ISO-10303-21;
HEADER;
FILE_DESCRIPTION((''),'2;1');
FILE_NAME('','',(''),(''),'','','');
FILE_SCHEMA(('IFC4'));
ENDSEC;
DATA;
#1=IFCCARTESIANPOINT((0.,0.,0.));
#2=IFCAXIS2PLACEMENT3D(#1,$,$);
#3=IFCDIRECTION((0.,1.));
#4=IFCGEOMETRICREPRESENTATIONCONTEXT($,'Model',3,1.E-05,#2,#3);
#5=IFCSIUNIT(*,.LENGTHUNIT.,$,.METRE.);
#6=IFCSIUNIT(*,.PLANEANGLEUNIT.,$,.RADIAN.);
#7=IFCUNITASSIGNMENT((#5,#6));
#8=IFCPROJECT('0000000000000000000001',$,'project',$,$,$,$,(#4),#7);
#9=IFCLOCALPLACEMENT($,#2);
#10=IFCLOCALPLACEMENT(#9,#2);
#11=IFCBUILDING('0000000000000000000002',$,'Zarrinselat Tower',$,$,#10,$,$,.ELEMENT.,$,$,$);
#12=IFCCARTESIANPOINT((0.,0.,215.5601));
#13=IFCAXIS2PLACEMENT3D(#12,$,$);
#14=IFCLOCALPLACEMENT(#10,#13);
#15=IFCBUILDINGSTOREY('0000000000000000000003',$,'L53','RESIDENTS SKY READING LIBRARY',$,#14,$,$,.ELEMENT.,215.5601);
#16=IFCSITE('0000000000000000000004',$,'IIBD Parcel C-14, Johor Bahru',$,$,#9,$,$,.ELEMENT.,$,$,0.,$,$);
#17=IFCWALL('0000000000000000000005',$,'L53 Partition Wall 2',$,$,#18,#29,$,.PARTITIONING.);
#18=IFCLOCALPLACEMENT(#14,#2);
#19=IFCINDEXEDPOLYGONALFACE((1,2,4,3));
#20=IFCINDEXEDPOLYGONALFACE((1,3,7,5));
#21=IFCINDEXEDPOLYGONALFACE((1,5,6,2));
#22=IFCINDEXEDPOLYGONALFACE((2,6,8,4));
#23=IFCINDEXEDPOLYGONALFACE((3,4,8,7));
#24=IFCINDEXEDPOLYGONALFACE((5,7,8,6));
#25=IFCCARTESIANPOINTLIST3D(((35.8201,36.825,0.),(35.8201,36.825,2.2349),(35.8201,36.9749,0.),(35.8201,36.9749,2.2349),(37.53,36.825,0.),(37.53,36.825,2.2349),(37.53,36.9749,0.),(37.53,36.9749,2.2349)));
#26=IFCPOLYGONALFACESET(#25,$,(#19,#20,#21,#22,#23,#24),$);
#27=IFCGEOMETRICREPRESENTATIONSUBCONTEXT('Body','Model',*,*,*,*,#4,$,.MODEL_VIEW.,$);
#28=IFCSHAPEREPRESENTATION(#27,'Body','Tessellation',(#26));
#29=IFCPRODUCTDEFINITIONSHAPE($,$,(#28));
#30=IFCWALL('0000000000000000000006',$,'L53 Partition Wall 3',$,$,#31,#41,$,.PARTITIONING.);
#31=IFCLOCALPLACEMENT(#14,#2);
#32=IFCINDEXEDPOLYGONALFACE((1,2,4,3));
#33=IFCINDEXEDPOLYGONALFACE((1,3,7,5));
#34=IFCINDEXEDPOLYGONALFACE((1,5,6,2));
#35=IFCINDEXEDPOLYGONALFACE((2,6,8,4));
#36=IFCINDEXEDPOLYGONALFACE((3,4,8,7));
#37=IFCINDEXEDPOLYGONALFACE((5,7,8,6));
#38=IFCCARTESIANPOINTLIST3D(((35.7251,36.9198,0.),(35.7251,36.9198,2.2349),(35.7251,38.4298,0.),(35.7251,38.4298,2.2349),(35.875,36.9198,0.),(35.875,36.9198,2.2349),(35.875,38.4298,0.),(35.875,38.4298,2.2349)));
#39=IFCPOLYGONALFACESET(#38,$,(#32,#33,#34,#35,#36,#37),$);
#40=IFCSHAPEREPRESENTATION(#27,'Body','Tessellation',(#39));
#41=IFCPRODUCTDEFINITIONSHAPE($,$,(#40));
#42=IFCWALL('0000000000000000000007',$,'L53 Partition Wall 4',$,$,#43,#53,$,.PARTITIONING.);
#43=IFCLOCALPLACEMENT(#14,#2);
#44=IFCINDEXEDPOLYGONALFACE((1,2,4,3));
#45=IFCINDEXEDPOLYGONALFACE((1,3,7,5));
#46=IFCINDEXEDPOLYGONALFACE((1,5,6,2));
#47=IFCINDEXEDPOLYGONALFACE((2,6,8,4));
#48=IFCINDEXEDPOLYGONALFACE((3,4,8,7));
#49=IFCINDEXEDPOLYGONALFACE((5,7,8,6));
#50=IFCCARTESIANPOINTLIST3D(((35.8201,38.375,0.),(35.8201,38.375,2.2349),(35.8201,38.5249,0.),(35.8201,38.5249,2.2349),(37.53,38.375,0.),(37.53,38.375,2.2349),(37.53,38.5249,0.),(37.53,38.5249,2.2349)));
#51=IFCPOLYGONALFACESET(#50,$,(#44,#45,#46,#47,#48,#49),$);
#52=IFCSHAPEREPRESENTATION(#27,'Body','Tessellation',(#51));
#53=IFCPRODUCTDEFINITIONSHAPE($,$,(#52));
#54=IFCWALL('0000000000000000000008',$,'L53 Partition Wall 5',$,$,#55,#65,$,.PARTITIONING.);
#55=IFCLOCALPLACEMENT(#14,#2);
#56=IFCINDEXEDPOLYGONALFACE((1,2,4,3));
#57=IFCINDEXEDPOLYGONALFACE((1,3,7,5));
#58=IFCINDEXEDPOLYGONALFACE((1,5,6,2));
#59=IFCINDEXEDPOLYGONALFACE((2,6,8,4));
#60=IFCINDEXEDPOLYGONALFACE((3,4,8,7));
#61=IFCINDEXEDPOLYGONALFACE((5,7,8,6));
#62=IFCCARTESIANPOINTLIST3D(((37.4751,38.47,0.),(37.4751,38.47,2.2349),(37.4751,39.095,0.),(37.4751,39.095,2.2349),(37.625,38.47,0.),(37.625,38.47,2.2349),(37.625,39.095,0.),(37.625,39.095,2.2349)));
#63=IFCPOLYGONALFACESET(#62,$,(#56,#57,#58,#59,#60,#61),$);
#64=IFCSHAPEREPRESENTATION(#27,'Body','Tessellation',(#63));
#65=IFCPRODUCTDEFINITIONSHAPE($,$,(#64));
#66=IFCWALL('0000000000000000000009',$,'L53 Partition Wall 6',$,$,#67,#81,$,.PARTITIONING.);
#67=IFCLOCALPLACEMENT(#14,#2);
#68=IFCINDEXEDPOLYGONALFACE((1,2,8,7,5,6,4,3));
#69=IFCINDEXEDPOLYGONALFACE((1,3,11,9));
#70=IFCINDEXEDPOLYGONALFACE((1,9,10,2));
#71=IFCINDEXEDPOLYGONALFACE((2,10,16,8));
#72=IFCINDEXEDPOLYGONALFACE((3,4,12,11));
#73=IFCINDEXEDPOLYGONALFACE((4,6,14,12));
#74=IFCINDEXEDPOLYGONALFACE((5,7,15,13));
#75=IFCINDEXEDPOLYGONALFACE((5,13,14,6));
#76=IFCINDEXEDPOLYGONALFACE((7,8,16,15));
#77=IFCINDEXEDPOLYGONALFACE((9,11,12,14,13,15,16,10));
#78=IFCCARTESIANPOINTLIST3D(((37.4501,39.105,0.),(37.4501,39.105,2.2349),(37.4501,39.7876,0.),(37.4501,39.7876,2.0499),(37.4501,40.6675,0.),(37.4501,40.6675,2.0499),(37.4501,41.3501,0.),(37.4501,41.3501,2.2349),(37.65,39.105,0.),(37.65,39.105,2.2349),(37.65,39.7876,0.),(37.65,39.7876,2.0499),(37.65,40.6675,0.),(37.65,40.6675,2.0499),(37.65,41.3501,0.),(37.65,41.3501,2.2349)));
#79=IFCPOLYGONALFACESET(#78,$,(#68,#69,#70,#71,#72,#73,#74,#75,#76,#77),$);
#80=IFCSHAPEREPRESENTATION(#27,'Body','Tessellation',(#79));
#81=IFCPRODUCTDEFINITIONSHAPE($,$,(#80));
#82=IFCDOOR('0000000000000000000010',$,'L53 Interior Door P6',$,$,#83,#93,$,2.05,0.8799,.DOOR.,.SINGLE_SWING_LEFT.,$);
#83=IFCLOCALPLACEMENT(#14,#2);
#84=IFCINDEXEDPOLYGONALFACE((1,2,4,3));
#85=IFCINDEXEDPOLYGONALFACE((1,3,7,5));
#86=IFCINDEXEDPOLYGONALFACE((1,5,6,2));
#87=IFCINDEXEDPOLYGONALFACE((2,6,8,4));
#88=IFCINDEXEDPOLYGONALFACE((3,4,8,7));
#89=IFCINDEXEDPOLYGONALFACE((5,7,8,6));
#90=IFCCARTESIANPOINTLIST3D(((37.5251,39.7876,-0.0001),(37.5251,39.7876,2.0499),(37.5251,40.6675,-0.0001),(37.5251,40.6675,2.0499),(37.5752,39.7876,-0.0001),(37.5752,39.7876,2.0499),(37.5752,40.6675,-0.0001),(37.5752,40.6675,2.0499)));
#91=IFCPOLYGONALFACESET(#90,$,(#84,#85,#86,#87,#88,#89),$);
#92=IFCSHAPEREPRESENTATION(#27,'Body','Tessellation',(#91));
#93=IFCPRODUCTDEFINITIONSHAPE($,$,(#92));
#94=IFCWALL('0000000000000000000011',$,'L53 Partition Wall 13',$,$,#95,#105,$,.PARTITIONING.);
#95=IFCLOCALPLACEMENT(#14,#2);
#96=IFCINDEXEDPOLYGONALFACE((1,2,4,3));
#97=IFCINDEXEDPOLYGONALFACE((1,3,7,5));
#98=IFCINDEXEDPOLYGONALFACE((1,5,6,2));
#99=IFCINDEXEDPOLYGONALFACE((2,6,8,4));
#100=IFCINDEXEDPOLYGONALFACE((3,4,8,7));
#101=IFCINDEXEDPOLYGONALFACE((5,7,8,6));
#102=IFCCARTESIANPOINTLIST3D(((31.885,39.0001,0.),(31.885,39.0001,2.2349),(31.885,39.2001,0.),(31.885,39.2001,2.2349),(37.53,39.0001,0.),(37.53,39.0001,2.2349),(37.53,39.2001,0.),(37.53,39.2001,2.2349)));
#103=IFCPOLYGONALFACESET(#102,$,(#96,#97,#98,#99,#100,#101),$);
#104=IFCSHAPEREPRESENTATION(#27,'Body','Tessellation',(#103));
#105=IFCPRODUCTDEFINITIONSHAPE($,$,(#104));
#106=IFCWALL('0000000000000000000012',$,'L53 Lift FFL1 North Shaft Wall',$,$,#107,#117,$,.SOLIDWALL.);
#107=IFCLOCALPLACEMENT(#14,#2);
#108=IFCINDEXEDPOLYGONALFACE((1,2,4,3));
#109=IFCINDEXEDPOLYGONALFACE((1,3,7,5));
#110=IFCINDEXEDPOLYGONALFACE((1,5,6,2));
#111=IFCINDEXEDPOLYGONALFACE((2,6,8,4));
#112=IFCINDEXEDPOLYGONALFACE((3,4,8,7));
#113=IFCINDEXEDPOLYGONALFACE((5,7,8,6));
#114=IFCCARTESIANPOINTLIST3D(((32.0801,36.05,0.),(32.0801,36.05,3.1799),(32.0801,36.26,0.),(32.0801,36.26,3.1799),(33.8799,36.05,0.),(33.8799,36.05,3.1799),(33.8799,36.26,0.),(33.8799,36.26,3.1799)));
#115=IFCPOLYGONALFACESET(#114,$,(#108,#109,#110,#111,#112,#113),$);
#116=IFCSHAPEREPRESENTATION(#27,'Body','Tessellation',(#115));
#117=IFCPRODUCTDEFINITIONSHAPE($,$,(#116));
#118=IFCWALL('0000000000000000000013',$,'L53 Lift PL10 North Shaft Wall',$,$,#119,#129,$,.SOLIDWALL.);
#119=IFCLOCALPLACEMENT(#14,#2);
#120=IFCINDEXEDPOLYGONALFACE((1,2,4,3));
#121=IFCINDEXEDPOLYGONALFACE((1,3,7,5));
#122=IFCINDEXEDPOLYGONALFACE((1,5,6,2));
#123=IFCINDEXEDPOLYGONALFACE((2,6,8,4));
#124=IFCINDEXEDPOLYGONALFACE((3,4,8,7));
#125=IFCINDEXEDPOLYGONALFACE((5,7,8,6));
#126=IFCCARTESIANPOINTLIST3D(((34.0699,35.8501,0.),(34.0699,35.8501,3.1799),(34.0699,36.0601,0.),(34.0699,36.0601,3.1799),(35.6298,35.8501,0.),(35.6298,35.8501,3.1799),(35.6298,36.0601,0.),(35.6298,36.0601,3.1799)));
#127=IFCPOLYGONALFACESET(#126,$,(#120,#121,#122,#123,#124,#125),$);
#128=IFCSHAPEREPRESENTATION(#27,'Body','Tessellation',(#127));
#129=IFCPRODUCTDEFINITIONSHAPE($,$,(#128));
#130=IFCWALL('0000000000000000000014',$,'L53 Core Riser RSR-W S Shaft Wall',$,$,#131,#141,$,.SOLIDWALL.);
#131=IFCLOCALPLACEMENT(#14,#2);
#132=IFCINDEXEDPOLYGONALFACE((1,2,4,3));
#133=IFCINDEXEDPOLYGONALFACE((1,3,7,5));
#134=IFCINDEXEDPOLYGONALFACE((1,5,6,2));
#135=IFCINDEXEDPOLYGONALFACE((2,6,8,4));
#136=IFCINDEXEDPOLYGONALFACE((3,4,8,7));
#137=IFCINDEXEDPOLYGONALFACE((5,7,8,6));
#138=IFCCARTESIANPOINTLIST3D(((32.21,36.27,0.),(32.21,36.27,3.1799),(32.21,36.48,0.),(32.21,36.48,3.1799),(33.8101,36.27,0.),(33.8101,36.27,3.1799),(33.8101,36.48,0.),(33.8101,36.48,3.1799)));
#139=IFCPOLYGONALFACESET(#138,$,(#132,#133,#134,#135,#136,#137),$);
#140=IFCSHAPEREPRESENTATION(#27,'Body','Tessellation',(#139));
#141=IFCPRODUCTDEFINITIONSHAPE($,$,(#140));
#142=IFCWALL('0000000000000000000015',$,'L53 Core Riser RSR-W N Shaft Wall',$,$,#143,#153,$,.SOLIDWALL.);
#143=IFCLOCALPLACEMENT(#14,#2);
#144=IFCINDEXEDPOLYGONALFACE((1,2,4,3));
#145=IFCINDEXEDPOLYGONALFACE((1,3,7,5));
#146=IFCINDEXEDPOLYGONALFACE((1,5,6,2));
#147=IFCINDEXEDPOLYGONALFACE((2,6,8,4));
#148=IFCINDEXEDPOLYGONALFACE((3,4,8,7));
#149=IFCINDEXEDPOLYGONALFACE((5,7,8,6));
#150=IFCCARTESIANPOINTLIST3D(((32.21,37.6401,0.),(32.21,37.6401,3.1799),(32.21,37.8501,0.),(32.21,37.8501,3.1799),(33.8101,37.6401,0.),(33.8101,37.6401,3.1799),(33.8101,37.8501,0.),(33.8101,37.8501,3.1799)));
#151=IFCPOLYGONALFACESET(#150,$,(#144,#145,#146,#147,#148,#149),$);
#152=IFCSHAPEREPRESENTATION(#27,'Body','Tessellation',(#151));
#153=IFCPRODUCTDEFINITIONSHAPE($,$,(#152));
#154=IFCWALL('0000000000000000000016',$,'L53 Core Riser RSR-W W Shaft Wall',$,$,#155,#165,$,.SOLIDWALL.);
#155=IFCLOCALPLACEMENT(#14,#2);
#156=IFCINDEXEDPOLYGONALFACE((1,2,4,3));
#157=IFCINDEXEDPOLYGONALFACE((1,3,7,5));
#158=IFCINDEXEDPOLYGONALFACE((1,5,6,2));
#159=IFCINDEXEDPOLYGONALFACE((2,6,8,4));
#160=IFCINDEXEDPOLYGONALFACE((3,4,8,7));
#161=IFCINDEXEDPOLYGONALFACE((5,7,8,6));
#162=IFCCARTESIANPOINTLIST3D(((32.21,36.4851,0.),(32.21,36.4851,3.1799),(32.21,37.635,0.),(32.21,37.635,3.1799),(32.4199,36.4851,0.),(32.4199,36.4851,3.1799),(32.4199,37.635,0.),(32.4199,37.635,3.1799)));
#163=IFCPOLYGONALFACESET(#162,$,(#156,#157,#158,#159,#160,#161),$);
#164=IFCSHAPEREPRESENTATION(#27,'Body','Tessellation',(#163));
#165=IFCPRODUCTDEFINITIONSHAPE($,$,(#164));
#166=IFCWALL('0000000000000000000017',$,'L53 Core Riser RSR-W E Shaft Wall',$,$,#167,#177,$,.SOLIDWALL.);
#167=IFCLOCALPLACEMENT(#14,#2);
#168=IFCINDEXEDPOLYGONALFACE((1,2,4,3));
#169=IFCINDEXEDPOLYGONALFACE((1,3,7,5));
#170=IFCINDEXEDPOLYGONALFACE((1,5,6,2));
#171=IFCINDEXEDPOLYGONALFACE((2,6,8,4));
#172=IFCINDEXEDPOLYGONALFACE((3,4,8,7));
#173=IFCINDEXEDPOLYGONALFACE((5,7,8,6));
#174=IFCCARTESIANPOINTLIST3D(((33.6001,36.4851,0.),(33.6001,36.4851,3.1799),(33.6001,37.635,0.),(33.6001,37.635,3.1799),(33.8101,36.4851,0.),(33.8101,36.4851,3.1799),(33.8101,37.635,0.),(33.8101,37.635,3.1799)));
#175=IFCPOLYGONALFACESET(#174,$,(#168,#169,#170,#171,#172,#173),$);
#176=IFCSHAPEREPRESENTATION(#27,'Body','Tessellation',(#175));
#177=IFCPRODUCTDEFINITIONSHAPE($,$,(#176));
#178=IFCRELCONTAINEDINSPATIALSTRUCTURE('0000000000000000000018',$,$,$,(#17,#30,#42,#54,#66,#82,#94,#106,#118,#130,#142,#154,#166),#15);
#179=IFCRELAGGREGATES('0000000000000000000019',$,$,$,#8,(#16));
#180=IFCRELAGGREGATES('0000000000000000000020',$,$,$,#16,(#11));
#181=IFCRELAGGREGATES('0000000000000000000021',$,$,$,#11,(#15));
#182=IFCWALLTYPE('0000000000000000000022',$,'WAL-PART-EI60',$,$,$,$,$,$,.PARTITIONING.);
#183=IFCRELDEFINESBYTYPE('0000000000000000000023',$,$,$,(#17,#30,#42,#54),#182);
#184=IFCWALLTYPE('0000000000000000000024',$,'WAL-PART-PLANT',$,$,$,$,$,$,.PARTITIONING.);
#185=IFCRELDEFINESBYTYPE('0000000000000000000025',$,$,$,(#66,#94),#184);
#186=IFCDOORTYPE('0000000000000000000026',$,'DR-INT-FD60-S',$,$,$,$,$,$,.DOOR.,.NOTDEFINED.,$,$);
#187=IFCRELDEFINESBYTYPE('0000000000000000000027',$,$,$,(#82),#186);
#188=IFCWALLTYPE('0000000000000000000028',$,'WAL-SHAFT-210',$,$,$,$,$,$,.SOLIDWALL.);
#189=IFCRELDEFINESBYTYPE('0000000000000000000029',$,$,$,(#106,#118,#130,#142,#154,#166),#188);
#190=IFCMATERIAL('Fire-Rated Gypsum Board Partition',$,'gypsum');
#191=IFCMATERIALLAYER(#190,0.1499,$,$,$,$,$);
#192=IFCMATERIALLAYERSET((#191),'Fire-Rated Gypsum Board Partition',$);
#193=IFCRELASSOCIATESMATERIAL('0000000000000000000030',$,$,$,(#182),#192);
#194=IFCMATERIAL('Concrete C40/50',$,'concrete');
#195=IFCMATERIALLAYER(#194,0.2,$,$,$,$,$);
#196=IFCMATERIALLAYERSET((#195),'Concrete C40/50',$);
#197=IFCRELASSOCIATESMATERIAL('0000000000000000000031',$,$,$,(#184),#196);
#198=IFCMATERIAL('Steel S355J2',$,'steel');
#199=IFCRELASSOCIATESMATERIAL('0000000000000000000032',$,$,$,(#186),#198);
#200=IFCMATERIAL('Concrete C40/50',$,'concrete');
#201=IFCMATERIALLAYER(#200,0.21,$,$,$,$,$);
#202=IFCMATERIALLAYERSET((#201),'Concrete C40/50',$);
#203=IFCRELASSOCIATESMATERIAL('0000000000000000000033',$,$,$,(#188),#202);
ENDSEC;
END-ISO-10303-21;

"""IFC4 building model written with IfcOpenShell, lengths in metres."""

from ifc_helpers import new_model, si_unit, direction, frame, frame_2d, origin, place, context, subcontext, project, spatial, rectangle, extrude, material, layer, layer_set, type_object, element, fill, save


model = new_model("IFC4")

# Units and contexts
model_context = context("Model", 3, precision=1e-05, world=origin(), true_north=direction((0.0, 1.0)))
body_context = subcontext(model_context, "Body", "Model", "MODEL_VIEW")
ifc_project = project(units=[si_unit("LENGTHUNIT", "METRE"), si_unit("PLANEANGLEUNIT", "RADIAN")], contexts=[model_context])

# Site, building, storey
site_placement = place(None, origin())
site = spatial("IfcSite", under=ifc_project, at=site_placement, Name="IIBD Parcel C-14, Johor Bahru", CompositionType="ELEMENT", RefElevation=0.0)
building_placement = place(site_placement, origin())
building = spatial("IfcBuilding", under=site, at=building_placement, Name="Zarrinselat Tower", CompositionType="ELEMENT")
storey_placement = place(building_placement, frame((0.0, 0.0, 215.5601)))
storey = spatial("IfcBuildingStorey", under=building, at=storey_placement, Name="L53", Description="RESIDENTS SKY READING LIBRARY", CompositionType="ELEMENT", Elevation=215.5601)

# Walls
ifc_material_1 = material(Name="Fire-Rated Gypsum Board Partition", Category="gypsum")
ifc_layer_1 = layer(ifc_material_1, 0.1499)
ifc_layer_set_1 = layer_set([ifc_layer_1], Name="Fire-Rated Gypsum Board Partition")
wall_type_1 = type_object("IfcWallType", Name="WAL-PART-EI60", PredefinedType="PARTITIONING", material=ifc_layer_set_1)
wall_1_placement = place(storey_placement, frame((35.8201, 36.8999, 0.0), z_axis=(0.0, 0.0, 1.0), x_axis=(1.0, 0.0, 0.0)))
element("IfcWall", 1, at=wall_1_placement, inside=storey, type_object=wall_type_1, Name="L53 Partition Wall 2", PredefinedType="PARTITIONING", context=body_context, shape_type="SweptSolid", body=[
    extrude(rectangle(XDim=1.71, YDim=0.1499, at=frame_2d((0.855, 0.0))), origin(), (0.0, 0.0, 1.0), 2.2349),
])
wall_2_placement = place(storey_placement, frame((35.8, 36.9199, 0.0), z_axis=(0.0, 0.0, 1.0), x_axis=(0.0, 1.0, 0.0)))
element("IfcWall", 2, at=wall_2_placement, inside=storey, type_object=wall_type_1, Name="L53 Partition Wall 3", PredefinedType="PARTITIONING", context=body_context, shape_type="SweptSolid", body=[
    extrude(rectangle(XDim=1.51, YDim=0.1499, at=frame_2d((0.7549, 0.0))), origin(), (0.0, 0.0, 1.0), 2.2349),
])
wall_3_placement = place(storey_placement, frame((35.8201, 38.45, 0.0), z_axis=(0.0, 0.0, 1.0), x_axis=(1.0, 0.0, 0.0)))
element("IfcWall", 3, at=wall_3_placement, inside=storey, type_object=wall_type_1, Name="L53 Partition Wall 4", PredefinedType="PARTITIONING", context=body_context, shape_type="SweptSolid", body=[
    extrude(rectangle(XDim=1.71, YDim=0.1499, at=frame_2d((0.855, 0.0))), origin(), (0.0, 0.0, 1.0), 2.2349),
])
wall_4_placement = place(storey_placement, frame((37.55, 38.47, 0.0), z_axis=(0.0, 0.0, 1.0), x_axis=(0.0, 1.0, 0.0)))
element("IfcWall", 4, at=wall_4_placement, inside=storey, type_object=wall_type_1, Name="L53 Partition Wall 5", PredefinedType="PARTITIONING", context=body_context, shape_type="SweptSolid", body=[
    extrude(rectangle(XDim=0.625, YDim=0.1499, at=frame_2d((0.3125, 0.0))), origin(), (0.0, 0.0, 1.0), 2.2349),
])

# Wall, opening, door
ifc_material_2 = material(Name="Concrete C40/50", Category="concrete")
ifc_layer_2 = layer(ifc_material_2, 0.2)
ifc_layer_set_2 = layer_set([ifc_layer_2], Name="Concrete C40/50")
wall_type_2 = type_object("IfcWallType", Name="WAL-PART-PLANT", PredefinedType="PARTITIONING", material=ifc_layer_set_2)
wall_5_placement = place(storey_placement, frame((37.55, 39.105, 0.0), z_axis=(0.0, 0.0, 1.0), x_axis=(0.0, 1.0, 0.0)))
wall_5 = element("IfcWall", 5, at=wall_5_placement, inside=storey, type_object=wall_type_2, Name="L53 Partition Wall 6", PredefinedType="PARTITIONING", context=body_context, shape_type="SweptSolid", body=[
    extrude(rectangle(XDim=2.2451, YDim=0.2, at=frame_2d((1.1226, 0.0))), origin(), (0.0, 0.0, 1.0), 2.2349),
])
opening_placement = place(wall_5_placement, frame((0.6826, 0.0, 0.0)))
opening = element("IfcOpeningElement", 6, at=opening_placement, cuts=wall_5, PredefinedType="OPENING", context=body_context, shape_type="SweptSolid", body=[
    extrude(rectangle(XDim=0.8799, YDim=2.05, at=frame_2d((0.4399, 1.0249))), frame((0.0, 0.1099, 0.0), z_axis=(0.0, -1.0, 0.0), x_axis=(1.0, 0.0, 0.0)), (0.0, 0.0, 1.0), 0.22),
])
ifc_material_3 = material(Name="Steel S355J2", Category="steel")
door_type = type_object("IfcDoorType", Name="DR-INT-FD60-S", OperationType="NOTDEFINED", PredefinedType="DOOR", material=ifc_material_3)
door_placement = place(opening_placement, origin())
door = element("IfcDoor", 7, at=door_placement, inside=storey, type_object=door_type, Name="L53 Interior Door P6", OperationType="SINGLE_SWING_LEFT", OverallHeight=2.05, OverallWidth=0.8799, PredefinedType="DOOR", context=body_context, shape_type="SweptSolid", body=[
    extrude(rectangle(XDim=0.8799, YDim=2.05, at=frame_2d((0.4399, 1.0249))), frame((0.0, 0.0249, 0.0), z_axis=(0.0, -1.0, 0.0), x_axis=(1.0, 0.0, 0.0)), (0.0, 0.0, 1.0), 0.05),
])
fill(opening, door)

# Walls
wall_6_placement = place(storey_placement, frame((31.885, 39.1001, 0.0), z_axis=(0.0, 0.0, 1.0), x_axis=(1.0, 0.0, 0.0)))
element("IfcWall", 8, at=wall_6_placement, inside=storey, type_object=wall_type_2, Name="L53 Partition Wall 13", PredefinedType="PARTITIONING", context=body_context, shape_type="SweptSolid", body=[
    extrude(rectangle(XDim=5.645, YDim=0.2, at=frame_2d((2.8225, 0.0))), origin(), (0.0, 0.0, 1.0), 2.2349),
])
ifc_material_4 = material(Name="Concrete C40/50", Category="concrete")
ifc_layer_3 = layer(ifc_material_4, 0.21)
ifc_layer_set_3 = layer_set([ifc_layer_3], Name="Concrete C40/50")
wall_type_3 = type_object("IfcWallType", Name="WAL-SHAFT-210", PredefinedType="SOLIDWALL", material=ifc_layer_set_3)
wall_7_placement = place(storey_placement, frame((32.0801, 36.155, 0.0), z_axis=(0.0, 0.0, 1.0), x_axis=(1.0, 0.0, 0.0)))
element("IfcWall", 9, at=wall_7_placement, inside=storey, type_object=wall_type_3, Name="L53 Lift FFL1 North Shaft Wall", PredefinedType="SOLIDWALL", context=body_context, shape_type="SweptSolid", body=[
    extrude(rectangle(XDim=1.7998, YDim=0.21, at=frame_2d((0.8999, 0.0))), origin(), (0.0, 0.0, 1.0), 3.1799),
])
wall_8_placement = place(storey_placement, frame((34.0701, 35.9551, 0.0), z_axis=(0.0, 0.0, 1.0), x_axis=(1.0, 0.0, 0.0)))
element("IfcWall", 10, at=wall_8_placement, inside=storey, type_object=wall_type_3, Name="L53 Lift PL10 North Shaft Wall", PredefinedType="SOLIDWALL", context=body_context, shape_type="SweptSolid", body=[
    extrude(rectangle(XDim=1.5598, YDim=0.21, at=frame_2d((0.7798, 0.0))), origin(), (0.0, 0.0, 1.0), 3.1799),
])
for number, where, z_axis, x_axis, name in (
    (11, (32.21, 36.375, 0.0), (0.0, 0.0, 1.0), (1.0, 0.0, 0.0), "L53 Core Riser RSR-W S Shaft Wall"),
    (12, (32.21, 37.7451, 0.0), (0.0, 0.0, 1.0), (1.0, 0.0, 0.0), "L53 Core Riser RSR-W N Shaft Wall"),
):
    element("IfcWall", number, at=place(storey_placement, frame(where, z_axis=z_axis, x_axis=x_axis)), inside=storey, type_object=wall_type_3, Name=name, PredefinedType="SOLIDWALL", context=body_context, shape_type="SweptSolid", body=[
        extrude(rectangle(XDim=1.6001, YDim=0.21, at=frame_2d((0.8, 0.0))), origin(), (0.0, 0.0, 1.0), 3.1799),
    ])
for number, where, z_axis, x_axis, name in (
    (13, (32.3149, 36.4851, 0.0), (0.0, 0.0, 1.0), (0.0, 1.0, 0.0), "L53 Core Riser RSR-W W Shaft Wall"),
    (14, (33.7051, 36.4851, 0.0), (0.0, 0.0, 1.0), (0.0, 1.0, 0.0), "L53 Core Riser RSR-W E Shaft Wall"),
):
    element("IfcWall", number, at=place(storey_placement, frame(where, z_axis=z_axis, x_axis=x_axis)), inside=storey, type_object=wall_type_3, Name=name, PredefinedType="SOLIDWALL", context=body_context, shape_type="SweptSolid", body=[
        extrude(rectangle(XDim=1.1499, YDim=0.21, at=frame_2d((0.575, 0.0))), origin(), (0.0, 0.0, 1.0), 3.1799),
    ])

save(model, "model.ifc")
